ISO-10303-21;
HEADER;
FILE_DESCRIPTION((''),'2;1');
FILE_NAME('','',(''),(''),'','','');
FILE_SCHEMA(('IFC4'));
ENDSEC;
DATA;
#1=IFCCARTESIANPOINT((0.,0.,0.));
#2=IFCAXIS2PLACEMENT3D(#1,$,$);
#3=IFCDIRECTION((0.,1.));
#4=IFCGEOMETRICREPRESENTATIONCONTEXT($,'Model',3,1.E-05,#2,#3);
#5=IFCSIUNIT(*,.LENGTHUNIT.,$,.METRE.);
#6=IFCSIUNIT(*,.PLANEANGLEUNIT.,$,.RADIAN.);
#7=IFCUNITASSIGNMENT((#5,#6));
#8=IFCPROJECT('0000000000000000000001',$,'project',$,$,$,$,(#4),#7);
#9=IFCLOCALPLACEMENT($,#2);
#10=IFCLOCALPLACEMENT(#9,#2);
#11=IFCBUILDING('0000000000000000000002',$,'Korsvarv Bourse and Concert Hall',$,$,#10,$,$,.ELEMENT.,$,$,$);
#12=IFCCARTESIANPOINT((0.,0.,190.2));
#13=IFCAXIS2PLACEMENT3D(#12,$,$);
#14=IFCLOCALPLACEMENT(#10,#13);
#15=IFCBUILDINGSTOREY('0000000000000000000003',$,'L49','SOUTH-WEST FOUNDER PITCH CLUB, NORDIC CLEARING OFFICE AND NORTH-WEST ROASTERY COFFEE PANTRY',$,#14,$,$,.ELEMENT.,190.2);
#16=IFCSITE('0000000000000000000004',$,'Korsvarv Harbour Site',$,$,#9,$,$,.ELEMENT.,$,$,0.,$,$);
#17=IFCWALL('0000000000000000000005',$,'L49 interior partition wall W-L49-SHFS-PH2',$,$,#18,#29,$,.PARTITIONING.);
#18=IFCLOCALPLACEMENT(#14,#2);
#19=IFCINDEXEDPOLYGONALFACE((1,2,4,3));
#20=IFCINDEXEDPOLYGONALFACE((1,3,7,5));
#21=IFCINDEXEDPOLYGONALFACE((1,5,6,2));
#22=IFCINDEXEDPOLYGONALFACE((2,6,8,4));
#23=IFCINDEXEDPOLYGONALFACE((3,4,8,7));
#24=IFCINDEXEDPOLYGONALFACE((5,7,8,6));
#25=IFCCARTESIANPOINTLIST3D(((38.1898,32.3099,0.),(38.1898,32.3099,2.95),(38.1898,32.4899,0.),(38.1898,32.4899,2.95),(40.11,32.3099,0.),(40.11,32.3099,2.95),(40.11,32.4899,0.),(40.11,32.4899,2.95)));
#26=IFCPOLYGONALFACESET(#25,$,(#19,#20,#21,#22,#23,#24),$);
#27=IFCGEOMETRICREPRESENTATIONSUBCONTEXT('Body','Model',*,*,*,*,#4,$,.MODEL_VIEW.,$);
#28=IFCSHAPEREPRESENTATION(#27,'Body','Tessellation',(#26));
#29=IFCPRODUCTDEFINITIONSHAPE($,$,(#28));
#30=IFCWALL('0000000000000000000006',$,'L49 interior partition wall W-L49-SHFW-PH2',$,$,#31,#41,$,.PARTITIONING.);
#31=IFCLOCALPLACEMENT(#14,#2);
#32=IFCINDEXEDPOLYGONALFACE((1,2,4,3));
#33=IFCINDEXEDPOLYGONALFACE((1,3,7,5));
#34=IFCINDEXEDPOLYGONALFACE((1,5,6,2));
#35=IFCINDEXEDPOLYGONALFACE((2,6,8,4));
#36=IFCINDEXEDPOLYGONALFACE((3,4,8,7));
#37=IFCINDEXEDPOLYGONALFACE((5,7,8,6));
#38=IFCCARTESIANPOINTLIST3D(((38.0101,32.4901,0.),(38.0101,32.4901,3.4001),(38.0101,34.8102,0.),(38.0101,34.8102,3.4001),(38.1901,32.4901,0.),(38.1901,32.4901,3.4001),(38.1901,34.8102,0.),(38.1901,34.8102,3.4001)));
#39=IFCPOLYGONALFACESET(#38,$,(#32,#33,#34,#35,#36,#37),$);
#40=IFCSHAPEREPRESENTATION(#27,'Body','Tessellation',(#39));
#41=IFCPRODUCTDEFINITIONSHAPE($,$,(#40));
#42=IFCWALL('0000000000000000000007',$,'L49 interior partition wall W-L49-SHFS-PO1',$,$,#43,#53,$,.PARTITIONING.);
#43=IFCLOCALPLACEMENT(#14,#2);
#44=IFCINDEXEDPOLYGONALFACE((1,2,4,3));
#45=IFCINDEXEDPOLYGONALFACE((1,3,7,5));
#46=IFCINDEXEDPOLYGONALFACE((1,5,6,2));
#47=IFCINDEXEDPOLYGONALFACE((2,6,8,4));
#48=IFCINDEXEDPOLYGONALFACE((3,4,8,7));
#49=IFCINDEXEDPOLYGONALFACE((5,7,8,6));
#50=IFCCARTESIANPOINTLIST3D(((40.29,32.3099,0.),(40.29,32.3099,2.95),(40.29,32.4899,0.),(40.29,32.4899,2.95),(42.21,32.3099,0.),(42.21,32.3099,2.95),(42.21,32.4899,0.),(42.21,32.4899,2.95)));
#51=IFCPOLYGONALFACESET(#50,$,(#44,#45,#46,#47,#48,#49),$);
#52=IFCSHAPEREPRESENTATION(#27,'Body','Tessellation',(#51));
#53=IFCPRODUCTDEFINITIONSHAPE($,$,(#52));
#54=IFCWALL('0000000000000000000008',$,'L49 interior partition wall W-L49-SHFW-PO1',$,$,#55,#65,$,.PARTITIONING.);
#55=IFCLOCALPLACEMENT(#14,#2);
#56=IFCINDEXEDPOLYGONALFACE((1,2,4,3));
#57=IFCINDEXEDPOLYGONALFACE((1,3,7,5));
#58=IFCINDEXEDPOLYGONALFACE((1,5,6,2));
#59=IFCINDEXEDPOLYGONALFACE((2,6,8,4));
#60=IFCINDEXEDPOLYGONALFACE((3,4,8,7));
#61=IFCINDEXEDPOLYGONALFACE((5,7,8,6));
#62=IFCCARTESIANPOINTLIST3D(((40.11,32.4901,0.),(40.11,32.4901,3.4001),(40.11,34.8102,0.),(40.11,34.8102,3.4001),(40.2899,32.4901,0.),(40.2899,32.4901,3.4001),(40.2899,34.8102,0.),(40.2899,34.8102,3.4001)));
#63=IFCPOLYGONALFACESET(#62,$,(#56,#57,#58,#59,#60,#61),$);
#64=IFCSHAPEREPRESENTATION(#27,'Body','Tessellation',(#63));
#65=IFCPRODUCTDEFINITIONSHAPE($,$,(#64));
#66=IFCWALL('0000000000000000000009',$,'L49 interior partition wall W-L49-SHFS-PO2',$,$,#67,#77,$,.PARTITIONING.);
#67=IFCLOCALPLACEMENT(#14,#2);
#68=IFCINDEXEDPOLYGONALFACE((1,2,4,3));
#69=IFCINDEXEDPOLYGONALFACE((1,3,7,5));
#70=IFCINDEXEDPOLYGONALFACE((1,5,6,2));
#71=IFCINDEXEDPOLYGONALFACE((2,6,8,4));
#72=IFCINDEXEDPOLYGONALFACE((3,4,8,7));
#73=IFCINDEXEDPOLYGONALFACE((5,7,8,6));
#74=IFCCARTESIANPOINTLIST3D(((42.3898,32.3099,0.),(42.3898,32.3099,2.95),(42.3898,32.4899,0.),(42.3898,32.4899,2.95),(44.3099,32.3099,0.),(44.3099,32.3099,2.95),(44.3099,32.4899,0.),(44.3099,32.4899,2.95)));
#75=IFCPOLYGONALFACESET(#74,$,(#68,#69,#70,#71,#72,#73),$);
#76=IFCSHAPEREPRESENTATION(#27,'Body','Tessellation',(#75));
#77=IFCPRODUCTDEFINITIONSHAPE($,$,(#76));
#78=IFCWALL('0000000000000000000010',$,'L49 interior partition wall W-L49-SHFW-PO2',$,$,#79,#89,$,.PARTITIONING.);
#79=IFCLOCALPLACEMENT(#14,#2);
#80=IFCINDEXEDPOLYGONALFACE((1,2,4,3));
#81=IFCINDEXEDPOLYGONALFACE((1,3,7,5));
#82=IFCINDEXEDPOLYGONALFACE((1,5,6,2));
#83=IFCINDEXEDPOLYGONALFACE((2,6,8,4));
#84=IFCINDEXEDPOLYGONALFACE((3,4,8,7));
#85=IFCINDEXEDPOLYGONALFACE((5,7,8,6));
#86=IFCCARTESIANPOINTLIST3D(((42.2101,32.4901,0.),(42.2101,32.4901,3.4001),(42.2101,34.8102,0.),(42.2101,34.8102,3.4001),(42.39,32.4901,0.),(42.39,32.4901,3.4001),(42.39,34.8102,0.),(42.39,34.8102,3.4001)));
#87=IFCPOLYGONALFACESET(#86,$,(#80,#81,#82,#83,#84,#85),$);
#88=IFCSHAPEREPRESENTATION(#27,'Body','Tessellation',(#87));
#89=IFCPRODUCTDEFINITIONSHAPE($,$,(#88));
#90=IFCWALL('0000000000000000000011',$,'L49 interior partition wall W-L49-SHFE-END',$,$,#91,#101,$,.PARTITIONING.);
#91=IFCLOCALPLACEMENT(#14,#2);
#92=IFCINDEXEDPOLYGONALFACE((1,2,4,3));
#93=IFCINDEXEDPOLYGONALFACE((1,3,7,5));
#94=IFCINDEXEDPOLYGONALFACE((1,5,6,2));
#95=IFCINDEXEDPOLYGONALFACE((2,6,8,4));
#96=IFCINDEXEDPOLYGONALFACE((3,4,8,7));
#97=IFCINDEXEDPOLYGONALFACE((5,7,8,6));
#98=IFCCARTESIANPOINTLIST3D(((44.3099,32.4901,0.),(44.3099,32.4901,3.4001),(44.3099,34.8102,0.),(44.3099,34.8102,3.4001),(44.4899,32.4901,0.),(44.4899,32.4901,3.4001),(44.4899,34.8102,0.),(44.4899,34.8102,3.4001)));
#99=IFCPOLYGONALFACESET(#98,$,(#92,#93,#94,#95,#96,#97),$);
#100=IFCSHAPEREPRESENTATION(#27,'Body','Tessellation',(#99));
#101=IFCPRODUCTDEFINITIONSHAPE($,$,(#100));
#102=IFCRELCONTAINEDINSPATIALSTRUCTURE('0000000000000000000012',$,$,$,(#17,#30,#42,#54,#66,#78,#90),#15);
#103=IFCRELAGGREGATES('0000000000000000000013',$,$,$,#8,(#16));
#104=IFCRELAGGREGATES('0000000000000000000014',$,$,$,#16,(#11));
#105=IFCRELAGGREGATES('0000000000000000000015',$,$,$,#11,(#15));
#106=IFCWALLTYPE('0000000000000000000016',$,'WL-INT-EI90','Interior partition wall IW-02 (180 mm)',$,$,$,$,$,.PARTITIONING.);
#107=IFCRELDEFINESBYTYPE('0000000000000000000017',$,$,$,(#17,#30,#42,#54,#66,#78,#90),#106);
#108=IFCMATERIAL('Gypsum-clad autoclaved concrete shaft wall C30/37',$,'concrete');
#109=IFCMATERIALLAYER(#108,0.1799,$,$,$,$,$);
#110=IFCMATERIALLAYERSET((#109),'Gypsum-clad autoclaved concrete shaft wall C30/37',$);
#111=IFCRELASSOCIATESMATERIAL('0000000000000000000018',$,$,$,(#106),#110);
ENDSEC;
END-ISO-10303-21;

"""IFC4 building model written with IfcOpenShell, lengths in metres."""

from ifc_helpers import new_model, si_unit, direction, frame, frame_2d, origin, place, context, subcontext, project, spatial, rectangle, extrude, material, layer, layer_set, type_object, element, save


model = new_model("IFC4")

# Units and contexts
model_context = context("Model", 3, precision=1e-05, world=origin(), true_north=direction((0.0, 1.0)))
body_context = subcontext(model_context, "Body", "Model", "MODEL_VIEW")
ifc_project = project(units=[si_unit("LENGTHUNIT", "METRE"), si_unit("PLANEANGLEUNIT", "RADIAN")], contexts=[model_context])

# Site, building, storey
site_placement = place(None, origin())
site = spatial("IfcSite", under=ifc_project, at=site_placement, Name="Korsvarv Harbour Site", CompositionType="ELEMENT", RefElevation=0.0)
building_placement = place(site_placement, origin())
building = spatial("IfcBuilding", under=site, at=building_placement, Name="Korsvarv Bourse and Concert Hall", CompositionType="ELEMENT")
storey_placement = place(building_placement, frame((0.0, 0.0, 190.2)))
storey = spatial("IfcBuildingStorey", under=building, at=storey_placement, Name="L49", Description="SOUTH-WEST FOUNDER PITCH CLUB, NORDIC CLEARING OFFICE AND NORTH-WEST ROASTERY COFFEE PANTRY", CompositionType="ELEMENT", Elevation=190.2)

# Walls
ifc_material_1 = material(Name="Gypsum-clad autoclaved concrete shaft wall C30/37", Category="concrete")
ifc_layer_1 = layer(ifc_material_1, 0.1799)
ifc_layer_set_1 = layer_set([ifc_layer_1], Name="Gypsum-clad autoclaved concrete shaft wall C30/37")
wall_type_1 = type_object("IfcWallType", Name="WL-INT-EI90", Description="Interior partition wall IW-02 (180 mm)", PredefinedType="PARTITIONING", material=ifc_layer_set_1)
wall_1_placement = place(storey_placement, frame((38.1899, 32.3999, 0.0), z_axis=(0.0, 0.0, 1.0), x_axis=(1.0, 0.0, 0.0)))
element("IfcWall", 1, at=wall_1_placement, inside=storey, type_object=wall_type_1, Name="L49 interior partition wall W-L49-SHFS-PH2", PredefinedType="PARTITIONING", context=body_context, shape_type="SweptSolid", body=[
    extrude(rectangle(XDim=1.9202, YDim=0.1799, at=frame_2d((0.96, 0.0))), origin(), (0.0, 0.0, 1.0), 2.95),
])
wall_2_placement = place(storey_placement, frame((38.1001, 32.49, 0.0), z_axis=(0.0, 0.0, 1.0), x_axis=(0.0, 1.0, 0.0)))
element("IfcWall", 2, at=wall_2_placement, inside=storey, type_object=wall_type_1, Name="L49 interior partition wall W-L49-SHFW-PH2", PredefinedType="PARTITIONING", context=body_context, shape_type="SweptSolid", body=[
    extrude(rectangle(XDim=2.3201, YDim=0.1799, at=frame_2d((1.1602, 0.0))), origin(), (0.0, 0.0, 1.0), 3.4001),
])
wall_3_placement = place(storey_placement, frame((40.29, 32.3999, 0.0), z_axis=(0.0, 0.0, 1.0), x_axis=(1.0, 0.0, 0.0)))
element("IfcWall", 3, at=wall_3_placement, inside=storey, type_object=wall_type_1, Name="L49 interior partition wall W-L49-SHFS-PO1", PredefinedType="PARTITIONING", context=body_context, shape_type="SweptSolid", body=[
    extrude(rectangle(XDim=1.9199, YDim=0.1799, at=frame_2d((0.96, 0.0))), origin(), (0.0, 0.0, 1.0), 2.95),
])
wall_4_placement = place(storey_placement, frame((40.2, 32.49, 0.0), z_axis=(0.0, 0.0, 1.0), x_axis=(0.0, 1.0, 0.0)))
element("IfcWall", 4, at=wall_4_placement, inside=storey, type_object=wall_type_1, Name="L49 interior partition wall W-L49-SHFW-PO1", PredefinedType="PARTITIONING", context=body_context, shape_type="SweptSolid", body=[
    extrude(rectangle(XDim=2.3201, YDim=0.1799, at=frame_2d((1.1602, 0.0))), origin(), (0.0, 0.0, 1.0), 3.4001),
])
wall_5_placement = place(storey_placement, frame((42.3899, 32.3999, 0.0), z_axis=(0.0, 0.0, 1.0), x_axis=(1.0, 0.0, 0.0)))
element("IfcWall", 5, at=wall_5_placement, inside=storey, type_object=wall_type_1, Name="L49 interior partition wall W-L49-SHFS-PO2", PredefinedType="PARTITIONING", context=body_context, shape_type="SweptSolid", body=[
    extrude(rectangle(XDim=1.9202, YDim=0.1799, at=frame_2d((0.96, 0.0))), origin(), (0.0, 0.0, 1.0), 2.95),
])
for number, where, z_axis, x_axis, name in (
    (6, (42.3, 32.49, 0.0), (0.0, 0.0, 1.0), (0.0, 1.0, 0.0), "L49 interior partition wall W-L49-SHFW-PO2"),
    (7, (44.3999, 32.49, 0.0), (0.0, 0.0, 1.0), (0.0, 1.0, 0.0), "L49 interior partition wall W-L49-SHFE-END"),
):
    element("IfcWall", number, at=place(storey_placement, frame(where, z_axis=z_axis, x_axis=x_axis)), inside=storey, type_object=wall_type_1, Name=name, PredefinedType="PARTITIONING", context=body_context, shape_type="SweptSolid", body=[
        extrude(rectangle(XDim=2.3201, YDim=0.1799, at=frame_2d((1.1602, 0.0))), origin(), (0.0, 0.0, 1.0), 3.4001),
    ])

save(model, "model.ifc")
